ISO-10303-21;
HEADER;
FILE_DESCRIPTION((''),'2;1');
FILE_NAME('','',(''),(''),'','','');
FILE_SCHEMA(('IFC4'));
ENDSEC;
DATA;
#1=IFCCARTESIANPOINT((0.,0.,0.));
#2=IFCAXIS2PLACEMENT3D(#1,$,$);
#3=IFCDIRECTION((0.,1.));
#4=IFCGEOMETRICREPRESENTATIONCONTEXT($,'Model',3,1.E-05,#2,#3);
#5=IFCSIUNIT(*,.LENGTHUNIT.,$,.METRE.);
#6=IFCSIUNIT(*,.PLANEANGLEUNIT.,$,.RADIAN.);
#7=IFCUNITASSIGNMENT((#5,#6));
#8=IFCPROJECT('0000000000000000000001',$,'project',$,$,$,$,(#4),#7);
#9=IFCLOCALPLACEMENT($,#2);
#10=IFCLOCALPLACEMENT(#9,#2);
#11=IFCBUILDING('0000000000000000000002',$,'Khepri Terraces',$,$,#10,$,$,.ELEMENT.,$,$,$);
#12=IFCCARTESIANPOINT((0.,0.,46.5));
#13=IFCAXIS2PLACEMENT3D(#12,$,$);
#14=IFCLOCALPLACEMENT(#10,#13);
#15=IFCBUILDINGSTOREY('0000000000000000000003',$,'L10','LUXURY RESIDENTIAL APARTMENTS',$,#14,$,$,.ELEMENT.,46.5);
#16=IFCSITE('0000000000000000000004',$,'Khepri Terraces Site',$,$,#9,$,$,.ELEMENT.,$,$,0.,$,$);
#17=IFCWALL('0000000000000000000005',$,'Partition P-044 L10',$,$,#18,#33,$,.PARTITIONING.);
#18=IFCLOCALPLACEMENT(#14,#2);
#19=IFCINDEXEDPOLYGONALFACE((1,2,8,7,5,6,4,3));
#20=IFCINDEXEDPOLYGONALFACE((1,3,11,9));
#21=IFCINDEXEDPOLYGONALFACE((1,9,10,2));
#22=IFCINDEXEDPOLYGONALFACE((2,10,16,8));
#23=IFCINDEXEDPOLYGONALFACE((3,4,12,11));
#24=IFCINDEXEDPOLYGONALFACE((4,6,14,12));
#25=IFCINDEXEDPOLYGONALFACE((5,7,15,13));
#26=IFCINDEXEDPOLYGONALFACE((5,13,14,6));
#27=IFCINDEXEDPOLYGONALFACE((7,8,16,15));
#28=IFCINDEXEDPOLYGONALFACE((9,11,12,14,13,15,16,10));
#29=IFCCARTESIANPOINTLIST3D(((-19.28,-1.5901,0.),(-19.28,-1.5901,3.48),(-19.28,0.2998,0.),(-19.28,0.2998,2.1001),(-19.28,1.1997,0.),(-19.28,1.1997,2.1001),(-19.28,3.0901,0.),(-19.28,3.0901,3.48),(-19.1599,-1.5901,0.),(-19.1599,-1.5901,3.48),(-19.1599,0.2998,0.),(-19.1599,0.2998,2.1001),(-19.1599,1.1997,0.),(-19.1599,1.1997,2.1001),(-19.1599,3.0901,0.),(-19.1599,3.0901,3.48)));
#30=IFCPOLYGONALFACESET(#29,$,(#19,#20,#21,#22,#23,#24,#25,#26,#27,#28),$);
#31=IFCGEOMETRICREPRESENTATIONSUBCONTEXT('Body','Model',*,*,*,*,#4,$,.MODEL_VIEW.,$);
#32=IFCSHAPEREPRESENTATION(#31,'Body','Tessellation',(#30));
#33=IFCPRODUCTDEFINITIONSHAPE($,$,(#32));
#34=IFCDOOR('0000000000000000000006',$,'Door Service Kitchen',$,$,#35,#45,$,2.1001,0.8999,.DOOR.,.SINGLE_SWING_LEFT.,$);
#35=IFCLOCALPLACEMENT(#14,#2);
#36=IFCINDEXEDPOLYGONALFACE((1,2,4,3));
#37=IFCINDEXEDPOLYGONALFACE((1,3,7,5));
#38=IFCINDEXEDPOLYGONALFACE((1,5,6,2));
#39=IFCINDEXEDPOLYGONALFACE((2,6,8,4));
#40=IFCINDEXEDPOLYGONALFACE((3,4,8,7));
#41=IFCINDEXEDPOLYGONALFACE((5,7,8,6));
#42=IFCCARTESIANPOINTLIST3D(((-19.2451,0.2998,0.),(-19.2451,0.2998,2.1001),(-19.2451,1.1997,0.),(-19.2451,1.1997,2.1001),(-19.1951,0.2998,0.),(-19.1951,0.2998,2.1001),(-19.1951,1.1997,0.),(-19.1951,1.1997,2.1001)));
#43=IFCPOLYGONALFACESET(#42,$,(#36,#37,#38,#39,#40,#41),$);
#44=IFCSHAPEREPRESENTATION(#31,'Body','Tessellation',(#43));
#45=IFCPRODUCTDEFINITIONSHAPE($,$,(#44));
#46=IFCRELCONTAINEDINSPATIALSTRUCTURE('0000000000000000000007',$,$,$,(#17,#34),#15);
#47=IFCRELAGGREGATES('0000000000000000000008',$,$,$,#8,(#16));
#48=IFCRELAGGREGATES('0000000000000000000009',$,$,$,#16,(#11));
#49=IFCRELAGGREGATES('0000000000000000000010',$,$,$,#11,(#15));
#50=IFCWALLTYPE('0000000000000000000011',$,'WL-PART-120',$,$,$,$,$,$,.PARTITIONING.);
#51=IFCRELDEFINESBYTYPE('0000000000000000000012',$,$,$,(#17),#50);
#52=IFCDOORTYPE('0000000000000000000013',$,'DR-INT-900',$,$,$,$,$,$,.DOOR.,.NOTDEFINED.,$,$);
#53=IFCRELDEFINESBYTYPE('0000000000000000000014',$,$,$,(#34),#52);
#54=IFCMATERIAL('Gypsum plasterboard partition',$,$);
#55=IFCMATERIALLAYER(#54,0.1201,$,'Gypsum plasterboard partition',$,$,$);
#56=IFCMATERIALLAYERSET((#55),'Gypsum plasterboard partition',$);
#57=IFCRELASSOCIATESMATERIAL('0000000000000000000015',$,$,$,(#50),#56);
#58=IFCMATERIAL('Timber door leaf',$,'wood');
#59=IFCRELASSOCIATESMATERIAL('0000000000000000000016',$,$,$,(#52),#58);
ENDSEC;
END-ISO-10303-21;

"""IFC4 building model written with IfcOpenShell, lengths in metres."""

from ifc_helpers import new_model, si_unit, direction, frame, frame_2d, origin, place, context, subcontext, project, spatial, rectangle, extrude, material, layer, layer_set, type_object, element, fill, save


model = new_model("IFC4")

# Units and contexts
model_context = context("Model", 3, precision=1e-05, world=origin(), true_north=direction((0.0, 1.0)))
body_context = subcontext(model_context, "Body", "Model", "MODEL_VIEW")
ifc_project = project(units=[si_unit("LENGTHUNIT", "METRE"), si_unit("PLANEANGLEUNIT", "RADIAN")], contexts=[model_context])

# Site, building, storey
site_placement = place(None, origin())
site = spatial("IfcSite", under=ifc_project, at=site_placement, Name="Khepri Terraces Site", CompositionType="ELEMENT", RefElevation=0.0)
building_placement = place(site_placement, origin())
building = spatial("IfcBuilding", under=site, at=building_placement, Name="Khepri Terraces", CompositionType="ELEMENT")
storey_placement = place(building_placement, frame((0.0, 0.0, 46.5)))
storey = spatial("IfcBuildingStorey", under=building, at=storey_placement, Name="L10", Description="LUXURY RESIDENTIAL APARTMENTS", CompositionType="ELEMENT", Elevation=46.5)

# Shared definitions
ifc_material_1 = material(Name="Gypsum plasterboard partition")
ifc_layer_1 = layer(ifc_material_1, 0.1201, Name="Gypsum plasterboard partition")
ifc_layer_set_1 = layer_set([ifc_layer_1], Name="Gypsum plasterboard partition")
wall_type_1 = type_object("IfcWallType", Name="WL-PART-120", PredefinedType="PARTITIONING", material=ifc_layer_set_1)

# Shared definitions
ifc_material_2 = material(Name="Timber door leaf", Category="wood")
door_type_1 = type_object("IfcDoorType", Name="DR-INT-900", OperationType="NOTDEFINED", PredefinedType="DOOR", material=ifc_material_2)

# Wall, opening, door
wall_1_placement = place(storey_placement, frame((-19.22, -1.5901, 0.0), z_axis=(0.0, 0.0, 1.0), x_axis=(0.0, 1.0, 0.0)))
wall_1 = element("IfcWall", 1, at=wall_1_placement, inside=storey, type_object=wall_type_1, Name="Partition P-044 L10", PredefinedType="PARTITIONING", context=body_context, shape_type="SweptSolid", body=[
    extrude(rectangle(XDim=4.6802, YDim=0.1201, at=frame_2d((2.3401, 0.0))), origin(), (0.0, 0.0, 1.0), 3.48),
])
opening_1_placement = place(wall_1_placement, frame((1.8899, 0.0, 0.0)))
opening_1 = element("IfcOpeningElement", 2, at=opening_1_placement, cuts=wall_1, PredefinedType="OPENING", context=body_context, shape_type="SweptSolid", body=[
    extrude(rectangle(XDim=0.8999, YDim=2.1001, at=frame_2d((0.45, 1.05))), frame((0.0, 0.0701, 0.0), z_axis=(0.0, -1.0, 0.0), x_axis=(1.0, 0.0, 0.0)), (0.0, 0.0, 1.0), 0.1401),
])
door_1_placement = place(opening_1_placement, frame((0.8999, 0.0, 0.0), z_axis=(0.0, 0.0, 1.0), x_axis=(-1.0, 0.0, 0.0)))
door_1 = element("IfcDoor", 3, at=door_1_placement, inside=storey, type_object=door_type_1, Name="Door Service Kitchen", OperationType="SINGLE_SWING_LEFT", OverallHeight=2.1001, OverallWidth=0.8999, PredefinedType="DOOR", context=body_context, shape_type="SweptSolid", body=[
    extrude(rectangle(XDim=0.8999, YDim=2.1001, at=frame_2d((0.45, 1.05))), frame((0.0, 0.0249, 0.0), z_axis=(0.0, -1.0, 0.0), x_axis=(1.0, 0.0, 0.0)), (0.0, 0.0, 1.0), 0.05),
])
fill(opening_1, door_1)

save(model, "model.ifc")
